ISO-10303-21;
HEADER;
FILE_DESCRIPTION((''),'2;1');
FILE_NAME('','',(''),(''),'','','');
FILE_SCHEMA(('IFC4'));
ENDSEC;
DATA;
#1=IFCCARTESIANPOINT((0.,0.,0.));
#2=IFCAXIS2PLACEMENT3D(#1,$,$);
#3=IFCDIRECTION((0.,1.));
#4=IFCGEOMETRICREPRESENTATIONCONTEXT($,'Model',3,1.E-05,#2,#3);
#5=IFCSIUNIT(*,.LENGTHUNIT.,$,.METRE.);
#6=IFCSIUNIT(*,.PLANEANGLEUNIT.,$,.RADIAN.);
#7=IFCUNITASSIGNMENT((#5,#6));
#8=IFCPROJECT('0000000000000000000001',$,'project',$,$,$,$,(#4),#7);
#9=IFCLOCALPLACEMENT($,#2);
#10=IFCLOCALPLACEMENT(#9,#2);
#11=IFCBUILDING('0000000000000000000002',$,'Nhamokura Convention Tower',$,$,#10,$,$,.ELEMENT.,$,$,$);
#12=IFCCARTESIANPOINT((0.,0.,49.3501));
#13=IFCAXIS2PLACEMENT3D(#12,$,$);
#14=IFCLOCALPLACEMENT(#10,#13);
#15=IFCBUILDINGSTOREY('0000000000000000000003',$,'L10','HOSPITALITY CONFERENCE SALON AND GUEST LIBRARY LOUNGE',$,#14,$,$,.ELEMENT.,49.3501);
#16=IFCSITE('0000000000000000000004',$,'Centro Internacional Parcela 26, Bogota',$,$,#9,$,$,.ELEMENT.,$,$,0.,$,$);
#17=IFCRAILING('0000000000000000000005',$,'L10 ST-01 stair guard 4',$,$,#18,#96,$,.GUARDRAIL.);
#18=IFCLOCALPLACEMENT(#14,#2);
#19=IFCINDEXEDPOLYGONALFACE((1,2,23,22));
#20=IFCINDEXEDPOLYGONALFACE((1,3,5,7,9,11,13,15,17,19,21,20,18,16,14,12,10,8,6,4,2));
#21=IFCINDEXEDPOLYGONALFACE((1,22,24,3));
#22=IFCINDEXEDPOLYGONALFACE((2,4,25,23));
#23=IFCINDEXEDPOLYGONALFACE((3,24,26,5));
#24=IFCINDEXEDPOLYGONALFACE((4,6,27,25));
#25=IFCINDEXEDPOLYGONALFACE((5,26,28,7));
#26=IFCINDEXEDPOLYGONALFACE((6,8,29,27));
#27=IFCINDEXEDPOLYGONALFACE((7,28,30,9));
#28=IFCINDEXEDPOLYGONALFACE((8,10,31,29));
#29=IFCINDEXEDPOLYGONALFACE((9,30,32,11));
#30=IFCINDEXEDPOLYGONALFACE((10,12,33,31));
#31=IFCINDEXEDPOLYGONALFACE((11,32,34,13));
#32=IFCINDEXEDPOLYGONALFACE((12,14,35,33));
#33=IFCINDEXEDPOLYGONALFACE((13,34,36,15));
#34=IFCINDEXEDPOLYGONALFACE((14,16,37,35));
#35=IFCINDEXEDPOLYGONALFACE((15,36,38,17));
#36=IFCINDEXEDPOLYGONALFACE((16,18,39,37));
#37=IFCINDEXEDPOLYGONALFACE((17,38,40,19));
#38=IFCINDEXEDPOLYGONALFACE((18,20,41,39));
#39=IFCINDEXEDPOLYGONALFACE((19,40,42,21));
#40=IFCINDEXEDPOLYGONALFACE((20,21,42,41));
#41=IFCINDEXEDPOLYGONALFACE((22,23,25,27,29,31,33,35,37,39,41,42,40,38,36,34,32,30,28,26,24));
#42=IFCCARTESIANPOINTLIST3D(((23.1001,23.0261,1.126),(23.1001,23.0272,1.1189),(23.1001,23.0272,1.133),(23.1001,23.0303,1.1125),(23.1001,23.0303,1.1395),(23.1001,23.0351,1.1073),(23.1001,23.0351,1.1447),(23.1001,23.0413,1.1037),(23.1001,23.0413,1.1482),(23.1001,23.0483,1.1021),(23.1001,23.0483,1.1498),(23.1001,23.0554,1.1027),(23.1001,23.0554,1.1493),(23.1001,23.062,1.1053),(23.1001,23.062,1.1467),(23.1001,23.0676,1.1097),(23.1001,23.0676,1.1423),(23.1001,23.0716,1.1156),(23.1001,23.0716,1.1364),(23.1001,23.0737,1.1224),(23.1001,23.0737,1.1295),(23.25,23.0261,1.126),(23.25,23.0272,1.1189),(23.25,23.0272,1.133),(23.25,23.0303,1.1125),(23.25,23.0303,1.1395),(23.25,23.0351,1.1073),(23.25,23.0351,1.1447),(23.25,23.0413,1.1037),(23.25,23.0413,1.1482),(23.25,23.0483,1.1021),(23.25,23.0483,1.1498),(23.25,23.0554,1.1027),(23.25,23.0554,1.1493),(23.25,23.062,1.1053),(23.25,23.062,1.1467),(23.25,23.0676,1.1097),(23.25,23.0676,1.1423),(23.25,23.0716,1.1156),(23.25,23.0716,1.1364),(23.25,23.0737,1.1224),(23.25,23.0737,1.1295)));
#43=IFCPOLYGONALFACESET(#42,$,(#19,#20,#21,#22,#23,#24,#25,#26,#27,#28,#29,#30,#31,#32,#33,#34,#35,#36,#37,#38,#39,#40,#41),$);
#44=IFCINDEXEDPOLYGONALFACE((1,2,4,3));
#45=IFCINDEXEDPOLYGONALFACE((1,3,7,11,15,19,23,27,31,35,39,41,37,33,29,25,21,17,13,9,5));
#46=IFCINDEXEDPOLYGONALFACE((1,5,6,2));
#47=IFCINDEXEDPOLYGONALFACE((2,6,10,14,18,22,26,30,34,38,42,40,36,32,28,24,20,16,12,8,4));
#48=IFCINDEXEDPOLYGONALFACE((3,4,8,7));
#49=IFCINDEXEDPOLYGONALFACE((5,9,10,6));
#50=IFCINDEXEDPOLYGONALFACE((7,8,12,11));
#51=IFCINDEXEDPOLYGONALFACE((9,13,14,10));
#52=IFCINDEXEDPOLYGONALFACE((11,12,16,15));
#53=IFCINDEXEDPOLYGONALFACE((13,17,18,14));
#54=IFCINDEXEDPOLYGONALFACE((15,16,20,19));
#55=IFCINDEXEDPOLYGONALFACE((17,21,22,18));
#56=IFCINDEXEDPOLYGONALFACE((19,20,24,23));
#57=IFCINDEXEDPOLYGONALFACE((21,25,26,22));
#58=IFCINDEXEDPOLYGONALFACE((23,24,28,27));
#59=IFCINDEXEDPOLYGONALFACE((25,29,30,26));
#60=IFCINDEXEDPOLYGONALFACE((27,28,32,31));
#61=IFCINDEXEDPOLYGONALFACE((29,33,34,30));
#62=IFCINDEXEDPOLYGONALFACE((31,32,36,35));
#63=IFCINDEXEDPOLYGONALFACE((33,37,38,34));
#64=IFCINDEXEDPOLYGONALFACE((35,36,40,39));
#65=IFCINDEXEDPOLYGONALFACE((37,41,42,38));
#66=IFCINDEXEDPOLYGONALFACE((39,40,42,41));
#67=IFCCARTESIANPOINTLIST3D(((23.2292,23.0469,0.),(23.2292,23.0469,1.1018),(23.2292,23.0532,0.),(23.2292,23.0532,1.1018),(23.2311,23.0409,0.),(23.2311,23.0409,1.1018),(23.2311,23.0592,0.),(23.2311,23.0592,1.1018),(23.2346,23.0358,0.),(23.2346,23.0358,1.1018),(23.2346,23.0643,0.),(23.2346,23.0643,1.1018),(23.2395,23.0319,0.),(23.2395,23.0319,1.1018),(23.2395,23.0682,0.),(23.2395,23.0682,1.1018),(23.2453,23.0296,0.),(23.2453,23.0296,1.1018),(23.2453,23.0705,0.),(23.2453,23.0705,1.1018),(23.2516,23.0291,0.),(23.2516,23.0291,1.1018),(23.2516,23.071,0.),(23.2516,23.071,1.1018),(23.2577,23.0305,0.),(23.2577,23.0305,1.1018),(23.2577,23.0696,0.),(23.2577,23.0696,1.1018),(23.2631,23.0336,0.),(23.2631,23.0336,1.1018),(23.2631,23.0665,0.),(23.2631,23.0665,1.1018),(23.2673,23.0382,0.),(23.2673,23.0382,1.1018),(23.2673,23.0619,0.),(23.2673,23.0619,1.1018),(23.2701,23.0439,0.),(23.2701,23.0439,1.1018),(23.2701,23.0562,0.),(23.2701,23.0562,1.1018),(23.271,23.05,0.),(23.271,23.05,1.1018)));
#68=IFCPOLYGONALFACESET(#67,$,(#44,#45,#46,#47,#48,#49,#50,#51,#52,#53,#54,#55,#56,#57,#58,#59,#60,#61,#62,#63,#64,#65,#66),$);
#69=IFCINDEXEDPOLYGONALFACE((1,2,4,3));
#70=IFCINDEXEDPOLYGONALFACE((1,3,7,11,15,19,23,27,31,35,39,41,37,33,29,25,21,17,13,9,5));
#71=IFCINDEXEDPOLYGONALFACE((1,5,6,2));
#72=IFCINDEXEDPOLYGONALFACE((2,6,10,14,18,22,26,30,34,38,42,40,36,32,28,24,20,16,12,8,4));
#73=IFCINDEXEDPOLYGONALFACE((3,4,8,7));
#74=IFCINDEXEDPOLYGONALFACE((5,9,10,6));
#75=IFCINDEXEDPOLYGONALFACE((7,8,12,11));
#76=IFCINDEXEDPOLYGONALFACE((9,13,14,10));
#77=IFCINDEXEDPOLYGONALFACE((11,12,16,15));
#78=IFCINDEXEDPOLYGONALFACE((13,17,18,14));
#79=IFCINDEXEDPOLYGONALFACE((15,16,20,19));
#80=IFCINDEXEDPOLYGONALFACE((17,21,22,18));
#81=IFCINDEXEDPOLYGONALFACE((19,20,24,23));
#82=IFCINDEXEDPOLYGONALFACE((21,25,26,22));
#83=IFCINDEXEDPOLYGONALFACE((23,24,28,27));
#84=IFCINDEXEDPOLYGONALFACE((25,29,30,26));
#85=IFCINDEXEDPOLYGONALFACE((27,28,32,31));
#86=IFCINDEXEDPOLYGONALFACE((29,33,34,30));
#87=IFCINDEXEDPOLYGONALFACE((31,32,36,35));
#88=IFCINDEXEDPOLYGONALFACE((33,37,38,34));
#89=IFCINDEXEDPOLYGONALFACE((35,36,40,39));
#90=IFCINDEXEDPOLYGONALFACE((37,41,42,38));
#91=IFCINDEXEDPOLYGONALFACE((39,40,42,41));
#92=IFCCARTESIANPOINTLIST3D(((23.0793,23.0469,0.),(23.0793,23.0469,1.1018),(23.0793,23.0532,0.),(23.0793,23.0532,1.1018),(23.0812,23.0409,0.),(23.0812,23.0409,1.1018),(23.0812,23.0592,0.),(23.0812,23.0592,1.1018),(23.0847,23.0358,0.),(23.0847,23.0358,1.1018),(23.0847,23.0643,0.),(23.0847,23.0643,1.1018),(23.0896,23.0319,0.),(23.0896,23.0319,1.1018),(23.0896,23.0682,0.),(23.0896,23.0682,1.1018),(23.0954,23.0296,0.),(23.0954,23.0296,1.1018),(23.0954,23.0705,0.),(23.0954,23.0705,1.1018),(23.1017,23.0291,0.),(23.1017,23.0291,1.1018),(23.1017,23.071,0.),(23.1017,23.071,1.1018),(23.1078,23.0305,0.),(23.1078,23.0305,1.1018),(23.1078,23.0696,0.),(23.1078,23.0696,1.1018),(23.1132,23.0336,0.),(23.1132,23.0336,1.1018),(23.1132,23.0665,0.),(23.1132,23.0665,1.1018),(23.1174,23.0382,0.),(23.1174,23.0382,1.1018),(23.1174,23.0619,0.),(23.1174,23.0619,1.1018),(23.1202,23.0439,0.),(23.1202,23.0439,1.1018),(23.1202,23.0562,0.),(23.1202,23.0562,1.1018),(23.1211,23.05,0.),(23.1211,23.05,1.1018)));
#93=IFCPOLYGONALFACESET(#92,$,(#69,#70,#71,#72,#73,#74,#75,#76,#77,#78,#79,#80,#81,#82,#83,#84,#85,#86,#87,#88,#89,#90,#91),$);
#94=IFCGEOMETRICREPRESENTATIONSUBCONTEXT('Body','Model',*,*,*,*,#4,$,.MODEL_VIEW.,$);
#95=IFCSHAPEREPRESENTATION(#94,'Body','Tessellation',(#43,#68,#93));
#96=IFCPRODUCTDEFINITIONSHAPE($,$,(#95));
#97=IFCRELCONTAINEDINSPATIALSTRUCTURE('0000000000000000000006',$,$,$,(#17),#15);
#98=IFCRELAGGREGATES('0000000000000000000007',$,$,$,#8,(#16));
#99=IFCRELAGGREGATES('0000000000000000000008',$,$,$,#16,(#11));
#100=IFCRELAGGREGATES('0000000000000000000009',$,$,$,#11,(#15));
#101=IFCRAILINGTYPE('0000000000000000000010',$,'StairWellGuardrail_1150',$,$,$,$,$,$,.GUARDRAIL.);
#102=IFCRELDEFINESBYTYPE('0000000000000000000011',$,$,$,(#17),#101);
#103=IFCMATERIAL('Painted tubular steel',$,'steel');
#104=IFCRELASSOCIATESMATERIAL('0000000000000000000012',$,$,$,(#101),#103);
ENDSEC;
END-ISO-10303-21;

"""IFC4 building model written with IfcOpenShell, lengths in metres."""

from ifc_helpers import new_model, si_unit, direction, frame, origin, origin_2d, place, context, subcontext, project, spatial, circle, extrude, material, type_object, element, save


model = new_model("IFC4")

# Units and contexts
model_context = context("Model", 3, precision=1e-05, world=origin(), true_north=direction((0.0, 1.0)))
body_context = subcontext(model_context, "Body", "Model", "MODEL_VIEW")
ifc_project = project(units=[si_unit("LENGTHUNIT", "METRE"), si_unit("PLANEANGLEUNIT", "RADIAN")], contexts=[model_context])

# Site, building, storey
site_placement = place(None, origin())
site = spatial("IfcSite", under=ifc_project, at=site_placement, Name="Centro Internacional Parcela 26, Bogota", CompositionType="ELEMENT", RefElevation=0.0)
building_placement = place(site_placement, origin())
building = spatial("IfcBuilding", under=site, at=building_placement, Name="Nhamokura Convention Tower", CompositionType="ELEMENT")
storey_placement = place(building_placement, frame((0.0, 0.0, 49.3501)))
storey = spatial("IfcBuildingStorey", under=building, at=storey_placement, Name="L10", Description="HOSPITALITY CONFERENCE SALON AND GUEST LIBRARY LOUNGE", CompositionType="ELEMENT", Elevation=49.3501)

# Railing
ifc_material_1 = material(Name="Painted tubular steel", Category="steel")
railing_type_1 = type_object("IfcRailingType", Name="StairWellGuardrail_1150", PredefinedType="GUARDRAIL", material=ifc_material_1)
railing_1_placement = place(storey_placement, frame((23.25, 23.05, 0.0)))
element("IfcRailing", 1, at=railing_1_placement, inside=storey, type_object=railing_type_1, Name="L10 ST-01 stair guard 4", PredefinedType="GUARDRAIL", context=body_context, shape_type="SweptSolid", body=[
    extrude(circle(Radius=0.0239, at=origin_2d()), frame((0.0, 0.0, 1.126), z_axis=(-1.0, 0.0, 0.0), x_axis=(0.0, -1.0, 0.0)), (0.0, 0.0, 1.0), 0.1499),
    extrude(circle(Radius=0.021, at=origin_2d()), origin(), (0.0, 0.0, 1.0), 1.1018),
    extrude(circle(Radius=0.021, at=origin_2d()), frame((-0.1499, 0.0, 0.0)), (0.0, 0.0, 1.0), 1.1018),
])

save(model, "model.ifc")
